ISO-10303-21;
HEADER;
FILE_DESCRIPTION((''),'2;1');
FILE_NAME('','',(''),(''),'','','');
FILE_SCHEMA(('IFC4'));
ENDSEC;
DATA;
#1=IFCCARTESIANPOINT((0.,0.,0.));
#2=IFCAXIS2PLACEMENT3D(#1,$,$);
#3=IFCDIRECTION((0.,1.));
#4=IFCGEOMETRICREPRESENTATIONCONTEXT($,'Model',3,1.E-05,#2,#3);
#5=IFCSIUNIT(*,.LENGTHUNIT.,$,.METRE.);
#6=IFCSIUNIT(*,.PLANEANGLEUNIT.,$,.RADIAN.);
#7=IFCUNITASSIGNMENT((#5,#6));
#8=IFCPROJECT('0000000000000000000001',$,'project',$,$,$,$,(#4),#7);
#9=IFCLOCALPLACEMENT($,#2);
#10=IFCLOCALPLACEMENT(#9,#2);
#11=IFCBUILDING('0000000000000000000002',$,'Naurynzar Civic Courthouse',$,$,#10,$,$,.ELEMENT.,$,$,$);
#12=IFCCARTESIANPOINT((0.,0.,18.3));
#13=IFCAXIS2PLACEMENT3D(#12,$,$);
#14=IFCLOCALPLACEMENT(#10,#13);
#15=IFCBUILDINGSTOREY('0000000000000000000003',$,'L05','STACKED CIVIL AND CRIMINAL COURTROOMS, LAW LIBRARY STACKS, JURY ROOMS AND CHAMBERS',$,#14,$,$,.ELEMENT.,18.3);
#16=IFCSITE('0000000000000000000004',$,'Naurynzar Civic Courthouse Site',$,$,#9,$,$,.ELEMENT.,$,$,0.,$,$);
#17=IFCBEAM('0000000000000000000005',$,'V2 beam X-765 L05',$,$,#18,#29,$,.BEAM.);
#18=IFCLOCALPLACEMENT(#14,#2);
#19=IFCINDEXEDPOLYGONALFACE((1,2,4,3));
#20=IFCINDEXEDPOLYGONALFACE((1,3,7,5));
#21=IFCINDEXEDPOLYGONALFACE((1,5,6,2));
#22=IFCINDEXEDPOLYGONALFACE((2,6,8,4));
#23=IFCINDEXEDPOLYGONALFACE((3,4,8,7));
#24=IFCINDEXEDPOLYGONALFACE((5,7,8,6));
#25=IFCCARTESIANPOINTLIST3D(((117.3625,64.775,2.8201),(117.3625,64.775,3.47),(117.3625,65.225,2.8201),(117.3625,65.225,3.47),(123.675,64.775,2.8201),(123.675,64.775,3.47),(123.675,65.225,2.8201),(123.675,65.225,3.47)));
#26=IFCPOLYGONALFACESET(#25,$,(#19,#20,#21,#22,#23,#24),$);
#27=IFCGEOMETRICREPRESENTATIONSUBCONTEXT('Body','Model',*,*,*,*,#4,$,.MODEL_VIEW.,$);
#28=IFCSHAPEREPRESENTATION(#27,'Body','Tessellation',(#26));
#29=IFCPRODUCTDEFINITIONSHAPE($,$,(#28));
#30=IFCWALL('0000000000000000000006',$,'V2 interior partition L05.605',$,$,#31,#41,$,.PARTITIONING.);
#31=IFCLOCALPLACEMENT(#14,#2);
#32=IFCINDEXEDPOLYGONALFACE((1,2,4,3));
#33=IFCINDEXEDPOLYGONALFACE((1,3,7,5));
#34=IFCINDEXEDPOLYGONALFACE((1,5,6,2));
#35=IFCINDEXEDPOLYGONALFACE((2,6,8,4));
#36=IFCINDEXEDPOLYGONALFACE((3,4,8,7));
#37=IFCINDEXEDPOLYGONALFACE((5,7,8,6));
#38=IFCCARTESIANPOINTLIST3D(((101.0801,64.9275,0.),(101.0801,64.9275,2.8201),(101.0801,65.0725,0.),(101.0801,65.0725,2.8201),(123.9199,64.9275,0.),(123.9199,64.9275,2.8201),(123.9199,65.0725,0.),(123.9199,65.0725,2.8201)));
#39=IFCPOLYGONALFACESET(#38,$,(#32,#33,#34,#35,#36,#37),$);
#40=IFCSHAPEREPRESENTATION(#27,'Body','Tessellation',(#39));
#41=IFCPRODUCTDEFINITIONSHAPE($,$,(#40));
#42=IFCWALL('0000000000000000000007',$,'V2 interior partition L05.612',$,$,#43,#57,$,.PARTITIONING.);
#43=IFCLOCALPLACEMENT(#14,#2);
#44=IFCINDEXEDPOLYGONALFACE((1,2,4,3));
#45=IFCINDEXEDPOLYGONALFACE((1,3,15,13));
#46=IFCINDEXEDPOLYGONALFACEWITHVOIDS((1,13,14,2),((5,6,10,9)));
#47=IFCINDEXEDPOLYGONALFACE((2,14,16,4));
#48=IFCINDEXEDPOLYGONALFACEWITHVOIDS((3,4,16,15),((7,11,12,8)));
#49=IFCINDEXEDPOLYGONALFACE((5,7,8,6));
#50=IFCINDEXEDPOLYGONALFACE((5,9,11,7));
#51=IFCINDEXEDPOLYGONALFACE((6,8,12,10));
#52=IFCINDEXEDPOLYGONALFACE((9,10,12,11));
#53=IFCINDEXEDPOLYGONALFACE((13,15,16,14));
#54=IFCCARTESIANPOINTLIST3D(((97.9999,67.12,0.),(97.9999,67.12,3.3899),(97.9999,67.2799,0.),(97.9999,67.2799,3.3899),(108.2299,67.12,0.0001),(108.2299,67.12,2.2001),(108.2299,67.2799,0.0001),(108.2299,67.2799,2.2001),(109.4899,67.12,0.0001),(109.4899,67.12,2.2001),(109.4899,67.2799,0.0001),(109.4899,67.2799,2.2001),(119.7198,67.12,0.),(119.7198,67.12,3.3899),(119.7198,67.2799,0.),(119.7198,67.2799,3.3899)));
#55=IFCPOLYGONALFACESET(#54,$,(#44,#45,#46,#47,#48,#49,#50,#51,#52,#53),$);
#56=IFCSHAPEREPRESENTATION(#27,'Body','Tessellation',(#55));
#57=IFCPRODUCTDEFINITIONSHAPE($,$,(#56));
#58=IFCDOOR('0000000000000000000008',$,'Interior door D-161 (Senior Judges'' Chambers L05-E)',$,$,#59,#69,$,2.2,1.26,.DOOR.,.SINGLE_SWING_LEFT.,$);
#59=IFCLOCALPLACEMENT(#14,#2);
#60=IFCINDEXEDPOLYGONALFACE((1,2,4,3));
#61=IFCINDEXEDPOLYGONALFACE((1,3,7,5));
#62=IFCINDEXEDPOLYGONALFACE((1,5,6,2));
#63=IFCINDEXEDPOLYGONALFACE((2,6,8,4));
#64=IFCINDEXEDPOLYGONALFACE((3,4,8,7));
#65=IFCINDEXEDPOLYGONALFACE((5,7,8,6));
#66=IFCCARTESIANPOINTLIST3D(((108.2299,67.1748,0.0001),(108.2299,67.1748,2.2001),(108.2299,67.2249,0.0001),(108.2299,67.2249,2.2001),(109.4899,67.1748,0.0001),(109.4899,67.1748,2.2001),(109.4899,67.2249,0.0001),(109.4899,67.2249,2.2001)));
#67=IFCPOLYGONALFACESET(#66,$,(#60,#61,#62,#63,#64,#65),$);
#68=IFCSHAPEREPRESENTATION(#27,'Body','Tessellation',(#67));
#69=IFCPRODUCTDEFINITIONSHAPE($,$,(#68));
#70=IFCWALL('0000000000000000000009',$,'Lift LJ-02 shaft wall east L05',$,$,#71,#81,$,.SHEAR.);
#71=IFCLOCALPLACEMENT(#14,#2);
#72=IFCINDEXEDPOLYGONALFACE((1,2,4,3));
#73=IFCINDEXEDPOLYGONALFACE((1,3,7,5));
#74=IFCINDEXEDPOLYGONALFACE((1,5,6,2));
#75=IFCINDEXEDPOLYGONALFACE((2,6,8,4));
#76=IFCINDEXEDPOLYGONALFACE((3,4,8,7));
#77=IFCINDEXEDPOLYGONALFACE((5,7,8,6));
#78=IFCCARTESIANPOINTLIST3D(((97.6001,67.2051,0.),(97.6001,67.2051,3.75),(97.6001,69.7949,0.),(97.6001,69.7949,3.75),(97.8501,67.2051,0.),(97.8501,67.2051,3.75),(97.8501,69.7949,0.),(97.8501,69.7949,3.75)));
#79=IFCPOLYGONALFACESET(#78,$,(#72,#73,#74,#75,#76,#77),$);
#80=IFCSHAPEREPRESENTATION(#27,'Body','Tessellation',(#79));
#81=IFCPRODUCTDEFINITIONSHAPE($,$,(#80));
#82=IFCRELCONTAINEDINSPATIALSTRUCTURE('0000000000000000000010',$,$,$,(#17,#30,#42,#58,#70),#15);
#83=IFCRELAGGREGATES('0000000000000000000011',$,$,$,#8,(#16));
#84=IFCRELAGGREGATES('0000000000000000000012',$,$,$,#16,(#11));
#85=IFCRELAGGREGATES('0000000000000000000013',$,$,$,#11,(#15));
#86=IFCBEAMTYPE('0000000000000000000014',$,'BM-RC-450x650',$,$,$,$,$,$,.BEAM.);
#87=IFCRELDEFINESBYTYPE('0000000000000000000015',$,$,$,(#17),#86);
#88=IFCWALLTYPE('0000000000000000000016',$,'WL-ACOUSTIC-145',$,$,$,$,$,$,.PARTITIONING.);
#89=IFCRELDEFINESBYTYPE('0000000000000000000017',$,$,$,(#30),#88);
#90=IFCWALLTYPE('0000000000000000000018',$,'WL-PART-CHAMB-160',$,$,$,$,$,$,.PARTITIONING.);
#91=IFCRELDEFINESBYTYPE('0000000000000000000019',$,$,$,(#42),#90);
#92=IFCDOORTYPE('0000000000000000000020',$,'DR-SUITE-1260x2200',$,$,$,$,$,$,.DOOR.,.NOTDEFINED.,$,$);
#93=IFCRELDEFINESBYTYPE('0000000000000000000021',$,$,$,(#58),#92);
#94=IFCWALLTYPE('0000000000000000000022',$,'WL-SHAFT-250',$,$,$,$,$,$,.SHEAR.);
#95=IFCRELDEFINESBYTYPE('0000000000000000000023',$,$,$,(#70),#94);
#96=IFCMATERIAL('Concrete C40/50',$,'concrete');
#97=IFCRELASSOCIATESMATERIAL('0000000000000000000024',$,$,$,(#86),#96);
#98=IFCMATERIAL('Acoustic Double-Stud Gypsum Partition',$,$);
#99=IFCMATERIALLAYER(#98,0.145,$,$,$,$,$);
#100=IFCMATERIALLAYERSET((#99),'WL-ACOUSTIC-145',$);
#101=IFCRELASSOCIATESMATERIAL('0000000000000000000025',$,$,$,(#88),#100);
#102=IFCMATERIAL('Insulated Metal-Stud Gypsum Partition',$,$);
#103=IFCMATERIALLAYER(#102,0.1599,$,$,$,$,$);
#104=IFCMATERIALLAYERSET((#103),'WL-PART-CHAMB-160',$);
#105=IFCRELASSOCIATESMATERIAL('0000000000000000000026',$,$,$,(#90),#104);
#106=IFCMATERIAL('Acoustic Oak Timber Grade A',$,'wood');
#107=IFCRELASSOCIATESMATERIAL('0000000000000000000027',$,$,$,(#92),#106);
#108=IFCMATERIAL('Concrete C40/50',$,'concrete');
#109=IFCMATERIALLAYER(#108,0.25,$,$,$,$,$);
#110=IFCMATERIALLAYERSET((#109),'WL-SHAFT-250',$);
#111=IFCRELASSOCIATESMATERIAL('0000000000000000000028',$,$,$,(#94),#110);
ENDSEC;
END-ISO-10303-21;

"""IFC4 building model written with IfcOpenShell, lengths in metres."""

from ifc_helpers import new_model, si_unit, direction, frame, frame_2d, origin, origin_2d, place, context, subcontext, project, spatial, rectangle, extrude, material, layer, layer_set, material_profile, profile_set, type_object, element, fill, save


model = new_model("IFC4")

# Units and contexts
model_context = context("Model", 3, precision=1e-05, world=origin(), true_north=direction((0.0, 1.0)))
body_context = subcontext(model_context, "Body", "Model", "MODEL_VIEW")
ifc_project = project(units=[si_unit("LENGTHUNIT", "METRE"), si_unit("PLANEANGLEUNIT", "RADIAN")], contexts=[model_context])

# Site, building, storey
site_placement = place(None, origin())
site = spatial("IfcSite", under=ifc_project, at=site_placement, Name="Naurynzar Civic Courthouse Site", CompositionType="ELEMENT", RefElevation=0.0)
building_placement = place(site_placement, origin())
building = spatial("IfcBuilding", under=site, at=building_placement, Name="Naurynzar Civic Courthouse", CompositionType="ELEMENT")
storey_placement = place(building_placement, frame((0.0, 0.0, 18.3)))
storey = spatial("IfcBuildingStorey", under=building, at=storey_placement, Name="L05", Description="STACKED CIVIL AND CRIMINAL COURTROOMS, LAW LIBRARY STACKS, JURY ROOMS AND CHAMBERS", CompositionType="ELEMENT", Elevation=18.3)

# Beam
ifc_material_1 = material(Name="Concrete C40/50", Category="concrete")
ifc_material_profile_1 = material_profile(ifc_material_1, rectangle(XDim=0.45, YDim=0.6499, at=origin_2d()), Name="RCB 450x650")
ifc_profile_set_1 = profile_set([ifc_material_profile_1], Name="Concrete C40/50")
beam_type_1 = type_object("IfcBeamType", Name="BM-RC-450x650", PredefinedType="BEAM", material=ifc_profile_set_1)
beam_placement = place(storey_placement, frame((117.3625, 65.0, 3.145), z_axis=(1.0, 0.0, 0.0), x_axis=(0.0, 1.0, 0.0)))
element("IfcBeam", 1, at=beam_placement, inside=storey, type_object=beam_type_1, Name="V2 beam X-765 L05", PredefinedType="BEAM", context=body_context, shape_type="SweptSolid", body=[
    extrude(rectangle(XDim=0.45, YDim=0.6499, at=origin_2d()), origin(), (0.0, 0.0, 1.0), 6.3125),
])

# Wall
ifc_material_2 = material(Name="Acoustic Double-Stud Gypsum Partition")
ifc_layer_1 = layer(ifc_material_2, 0.145)
ifc_layer_set_1 = layer_set([ifc_layer_1], Name="WL-ACOUSTIC-145")
wall_type_1 = type_object("IfcWallType", Name="WL-ACOUSTIC-145", PredefinedType="PARTITIONING", material=ifc_layer_set_1)
wall_1_placement = place(storey_placement, frame((101.0801, 65.0, 0.0), z_axis=(0.0, 0.0, 1.0), x_axis=(1.0, 0.0, 0.0)))
element("IfcWall", 2, at=wall_1_placement, inside=storey, type_object=wall_type_1, Name="V2 interior partition L05.605", PredefinedType="PARTITIONING", context=body_context, shape_type="SweptSolid", body=[
    extrude(rectangle(XDim=22.8398, YDim=0.145, at=frame_2d((11.4199, 0.0))), origin(), (0.0, 0.0, 1.0), 2.8201),
])

# Wall, opening, door
ifc_material_3 = material(Name="Insulated Metal-Stud Gypsum Partition")
ifc_layer_2 = layer(ifc_material_3, 0.1599)
ifc_layer_set_2 = layer_set([ifc_layer_2], Name="WL-PART-CHAMB-160")
wall_type_2 = type_object("IfcWallType", Name="WL-PART-CHAMB-160", PredefinedType="PARTITIONING", material=ifc_layer_set_2)
wall_2_placement = place(storey_placement, frame((98.0, 67.2, 0.0), z_axis=(0.0, 0.0, 1.0), x_axis=(1.0, 0.0, 0.0)))
wall_2 = element("IfcWall", 3, at=wall_2_placement, inside=storey, type_object=wall_type_2, Name="V2 interior partition L05.612", PredefinedType="PARTITIONING", context=body_context, shape_type="SweptSolid", body=[
    extrude(rectangle(XDim=21.72, YDim=0.1599, at=frame_2d((10.8599, 0.0))), origin(), (0.0, 0.0, 1.0), 3.3899),
])
opening_placement = place(wall_2_placement, frame((10.23, 0.0, 0.0)))
opening = element("IfcOpeningElement", 4, at=opening_placement, cuts=wall_2, PredefinedType="OPENING", context=body_context, shape_type="SweptSolid", body=[
    extrude(rectangle(XDim=1.26, YDim=2.2, at=frame_2d((0.6299, 1.1001))), frame((0.0, 0.0898, 0.0), z_axis=(0.0, -1.0, 0.0), x_axis=(1.0, 0.0, 0.0)), (0.0, 0.0, 1.0), 0.1799),
])
ifc_material_4 = material(Name="Acoustic Oak Timber Grade A", Category="wood")
door_type = type_object("IfcDoorType", Name="DR-SUITE-1260x2200", OperationType="NOTDEFINED", PredefinedType="DOOR", material=ifc_material_4)
door_placement = place(opening_placement, origin())
door = element("IfcDoor", 5, at=door_placement, inside=storey, type_object=door_type, Name="Interior door D-161 (Senior Judges' Chambers L05-E)", OperationType="SINGLE_SWING_LEFT", OverallHeight=2.2, OverallWidth=1.26, PredefinedType="DOOR", context=body_context, shape_type="SweptSolid", body=[
    extrude(rectangle(XDim=1.26, YDim=2.2, at=frame_2d((0.6299, 1.1001))), frame((0.0, 0.0249, 0.0), z_axis=(0.0, -1.0, 0.0), x_axis=(1.0, 0.0, 0.0)), (0.0, 0.0, 1.0), 0.05),
])
fill(opening, door)

# Wall
ifc_material_5 = material(Name="Concrete C40/50", Category="concrete")
ifc_layer_3 = layer(ifc_material_5, 0.25)
ifc_layer_set_3 = layer_set([ifc_layer_3], Name="WL-SHAFT-250")
wall_type_3 = type_object("IfcWallType", Name="WL-SHAFT-250", PredefinedType="SHEAR", material=ifc_layer_set_3)
wall_3_placement = place(storey_placement, frame((97.7251, 67.2051, 0.0), z_axis=(0.0, 0.0, 1.0), x_axis=(0.0, 1.0, 0.0)))
element("IfcWall", 6, at=wall_3_placement, inside=storey, type_object=wall_type_3, Name="Lift LJ-02 shaft wall east L05", PredefinedType="SHEAR", context=body_context, shape_type="SweptSolid", body=[
    extrude(rectangle(XDim=2.5898, YDim=0.25, at=frame_2d((1.2949, 0.0))), origin(), (0.0, 0.0, 1.0), 3.75),
])

save(model, "model.ifc")
